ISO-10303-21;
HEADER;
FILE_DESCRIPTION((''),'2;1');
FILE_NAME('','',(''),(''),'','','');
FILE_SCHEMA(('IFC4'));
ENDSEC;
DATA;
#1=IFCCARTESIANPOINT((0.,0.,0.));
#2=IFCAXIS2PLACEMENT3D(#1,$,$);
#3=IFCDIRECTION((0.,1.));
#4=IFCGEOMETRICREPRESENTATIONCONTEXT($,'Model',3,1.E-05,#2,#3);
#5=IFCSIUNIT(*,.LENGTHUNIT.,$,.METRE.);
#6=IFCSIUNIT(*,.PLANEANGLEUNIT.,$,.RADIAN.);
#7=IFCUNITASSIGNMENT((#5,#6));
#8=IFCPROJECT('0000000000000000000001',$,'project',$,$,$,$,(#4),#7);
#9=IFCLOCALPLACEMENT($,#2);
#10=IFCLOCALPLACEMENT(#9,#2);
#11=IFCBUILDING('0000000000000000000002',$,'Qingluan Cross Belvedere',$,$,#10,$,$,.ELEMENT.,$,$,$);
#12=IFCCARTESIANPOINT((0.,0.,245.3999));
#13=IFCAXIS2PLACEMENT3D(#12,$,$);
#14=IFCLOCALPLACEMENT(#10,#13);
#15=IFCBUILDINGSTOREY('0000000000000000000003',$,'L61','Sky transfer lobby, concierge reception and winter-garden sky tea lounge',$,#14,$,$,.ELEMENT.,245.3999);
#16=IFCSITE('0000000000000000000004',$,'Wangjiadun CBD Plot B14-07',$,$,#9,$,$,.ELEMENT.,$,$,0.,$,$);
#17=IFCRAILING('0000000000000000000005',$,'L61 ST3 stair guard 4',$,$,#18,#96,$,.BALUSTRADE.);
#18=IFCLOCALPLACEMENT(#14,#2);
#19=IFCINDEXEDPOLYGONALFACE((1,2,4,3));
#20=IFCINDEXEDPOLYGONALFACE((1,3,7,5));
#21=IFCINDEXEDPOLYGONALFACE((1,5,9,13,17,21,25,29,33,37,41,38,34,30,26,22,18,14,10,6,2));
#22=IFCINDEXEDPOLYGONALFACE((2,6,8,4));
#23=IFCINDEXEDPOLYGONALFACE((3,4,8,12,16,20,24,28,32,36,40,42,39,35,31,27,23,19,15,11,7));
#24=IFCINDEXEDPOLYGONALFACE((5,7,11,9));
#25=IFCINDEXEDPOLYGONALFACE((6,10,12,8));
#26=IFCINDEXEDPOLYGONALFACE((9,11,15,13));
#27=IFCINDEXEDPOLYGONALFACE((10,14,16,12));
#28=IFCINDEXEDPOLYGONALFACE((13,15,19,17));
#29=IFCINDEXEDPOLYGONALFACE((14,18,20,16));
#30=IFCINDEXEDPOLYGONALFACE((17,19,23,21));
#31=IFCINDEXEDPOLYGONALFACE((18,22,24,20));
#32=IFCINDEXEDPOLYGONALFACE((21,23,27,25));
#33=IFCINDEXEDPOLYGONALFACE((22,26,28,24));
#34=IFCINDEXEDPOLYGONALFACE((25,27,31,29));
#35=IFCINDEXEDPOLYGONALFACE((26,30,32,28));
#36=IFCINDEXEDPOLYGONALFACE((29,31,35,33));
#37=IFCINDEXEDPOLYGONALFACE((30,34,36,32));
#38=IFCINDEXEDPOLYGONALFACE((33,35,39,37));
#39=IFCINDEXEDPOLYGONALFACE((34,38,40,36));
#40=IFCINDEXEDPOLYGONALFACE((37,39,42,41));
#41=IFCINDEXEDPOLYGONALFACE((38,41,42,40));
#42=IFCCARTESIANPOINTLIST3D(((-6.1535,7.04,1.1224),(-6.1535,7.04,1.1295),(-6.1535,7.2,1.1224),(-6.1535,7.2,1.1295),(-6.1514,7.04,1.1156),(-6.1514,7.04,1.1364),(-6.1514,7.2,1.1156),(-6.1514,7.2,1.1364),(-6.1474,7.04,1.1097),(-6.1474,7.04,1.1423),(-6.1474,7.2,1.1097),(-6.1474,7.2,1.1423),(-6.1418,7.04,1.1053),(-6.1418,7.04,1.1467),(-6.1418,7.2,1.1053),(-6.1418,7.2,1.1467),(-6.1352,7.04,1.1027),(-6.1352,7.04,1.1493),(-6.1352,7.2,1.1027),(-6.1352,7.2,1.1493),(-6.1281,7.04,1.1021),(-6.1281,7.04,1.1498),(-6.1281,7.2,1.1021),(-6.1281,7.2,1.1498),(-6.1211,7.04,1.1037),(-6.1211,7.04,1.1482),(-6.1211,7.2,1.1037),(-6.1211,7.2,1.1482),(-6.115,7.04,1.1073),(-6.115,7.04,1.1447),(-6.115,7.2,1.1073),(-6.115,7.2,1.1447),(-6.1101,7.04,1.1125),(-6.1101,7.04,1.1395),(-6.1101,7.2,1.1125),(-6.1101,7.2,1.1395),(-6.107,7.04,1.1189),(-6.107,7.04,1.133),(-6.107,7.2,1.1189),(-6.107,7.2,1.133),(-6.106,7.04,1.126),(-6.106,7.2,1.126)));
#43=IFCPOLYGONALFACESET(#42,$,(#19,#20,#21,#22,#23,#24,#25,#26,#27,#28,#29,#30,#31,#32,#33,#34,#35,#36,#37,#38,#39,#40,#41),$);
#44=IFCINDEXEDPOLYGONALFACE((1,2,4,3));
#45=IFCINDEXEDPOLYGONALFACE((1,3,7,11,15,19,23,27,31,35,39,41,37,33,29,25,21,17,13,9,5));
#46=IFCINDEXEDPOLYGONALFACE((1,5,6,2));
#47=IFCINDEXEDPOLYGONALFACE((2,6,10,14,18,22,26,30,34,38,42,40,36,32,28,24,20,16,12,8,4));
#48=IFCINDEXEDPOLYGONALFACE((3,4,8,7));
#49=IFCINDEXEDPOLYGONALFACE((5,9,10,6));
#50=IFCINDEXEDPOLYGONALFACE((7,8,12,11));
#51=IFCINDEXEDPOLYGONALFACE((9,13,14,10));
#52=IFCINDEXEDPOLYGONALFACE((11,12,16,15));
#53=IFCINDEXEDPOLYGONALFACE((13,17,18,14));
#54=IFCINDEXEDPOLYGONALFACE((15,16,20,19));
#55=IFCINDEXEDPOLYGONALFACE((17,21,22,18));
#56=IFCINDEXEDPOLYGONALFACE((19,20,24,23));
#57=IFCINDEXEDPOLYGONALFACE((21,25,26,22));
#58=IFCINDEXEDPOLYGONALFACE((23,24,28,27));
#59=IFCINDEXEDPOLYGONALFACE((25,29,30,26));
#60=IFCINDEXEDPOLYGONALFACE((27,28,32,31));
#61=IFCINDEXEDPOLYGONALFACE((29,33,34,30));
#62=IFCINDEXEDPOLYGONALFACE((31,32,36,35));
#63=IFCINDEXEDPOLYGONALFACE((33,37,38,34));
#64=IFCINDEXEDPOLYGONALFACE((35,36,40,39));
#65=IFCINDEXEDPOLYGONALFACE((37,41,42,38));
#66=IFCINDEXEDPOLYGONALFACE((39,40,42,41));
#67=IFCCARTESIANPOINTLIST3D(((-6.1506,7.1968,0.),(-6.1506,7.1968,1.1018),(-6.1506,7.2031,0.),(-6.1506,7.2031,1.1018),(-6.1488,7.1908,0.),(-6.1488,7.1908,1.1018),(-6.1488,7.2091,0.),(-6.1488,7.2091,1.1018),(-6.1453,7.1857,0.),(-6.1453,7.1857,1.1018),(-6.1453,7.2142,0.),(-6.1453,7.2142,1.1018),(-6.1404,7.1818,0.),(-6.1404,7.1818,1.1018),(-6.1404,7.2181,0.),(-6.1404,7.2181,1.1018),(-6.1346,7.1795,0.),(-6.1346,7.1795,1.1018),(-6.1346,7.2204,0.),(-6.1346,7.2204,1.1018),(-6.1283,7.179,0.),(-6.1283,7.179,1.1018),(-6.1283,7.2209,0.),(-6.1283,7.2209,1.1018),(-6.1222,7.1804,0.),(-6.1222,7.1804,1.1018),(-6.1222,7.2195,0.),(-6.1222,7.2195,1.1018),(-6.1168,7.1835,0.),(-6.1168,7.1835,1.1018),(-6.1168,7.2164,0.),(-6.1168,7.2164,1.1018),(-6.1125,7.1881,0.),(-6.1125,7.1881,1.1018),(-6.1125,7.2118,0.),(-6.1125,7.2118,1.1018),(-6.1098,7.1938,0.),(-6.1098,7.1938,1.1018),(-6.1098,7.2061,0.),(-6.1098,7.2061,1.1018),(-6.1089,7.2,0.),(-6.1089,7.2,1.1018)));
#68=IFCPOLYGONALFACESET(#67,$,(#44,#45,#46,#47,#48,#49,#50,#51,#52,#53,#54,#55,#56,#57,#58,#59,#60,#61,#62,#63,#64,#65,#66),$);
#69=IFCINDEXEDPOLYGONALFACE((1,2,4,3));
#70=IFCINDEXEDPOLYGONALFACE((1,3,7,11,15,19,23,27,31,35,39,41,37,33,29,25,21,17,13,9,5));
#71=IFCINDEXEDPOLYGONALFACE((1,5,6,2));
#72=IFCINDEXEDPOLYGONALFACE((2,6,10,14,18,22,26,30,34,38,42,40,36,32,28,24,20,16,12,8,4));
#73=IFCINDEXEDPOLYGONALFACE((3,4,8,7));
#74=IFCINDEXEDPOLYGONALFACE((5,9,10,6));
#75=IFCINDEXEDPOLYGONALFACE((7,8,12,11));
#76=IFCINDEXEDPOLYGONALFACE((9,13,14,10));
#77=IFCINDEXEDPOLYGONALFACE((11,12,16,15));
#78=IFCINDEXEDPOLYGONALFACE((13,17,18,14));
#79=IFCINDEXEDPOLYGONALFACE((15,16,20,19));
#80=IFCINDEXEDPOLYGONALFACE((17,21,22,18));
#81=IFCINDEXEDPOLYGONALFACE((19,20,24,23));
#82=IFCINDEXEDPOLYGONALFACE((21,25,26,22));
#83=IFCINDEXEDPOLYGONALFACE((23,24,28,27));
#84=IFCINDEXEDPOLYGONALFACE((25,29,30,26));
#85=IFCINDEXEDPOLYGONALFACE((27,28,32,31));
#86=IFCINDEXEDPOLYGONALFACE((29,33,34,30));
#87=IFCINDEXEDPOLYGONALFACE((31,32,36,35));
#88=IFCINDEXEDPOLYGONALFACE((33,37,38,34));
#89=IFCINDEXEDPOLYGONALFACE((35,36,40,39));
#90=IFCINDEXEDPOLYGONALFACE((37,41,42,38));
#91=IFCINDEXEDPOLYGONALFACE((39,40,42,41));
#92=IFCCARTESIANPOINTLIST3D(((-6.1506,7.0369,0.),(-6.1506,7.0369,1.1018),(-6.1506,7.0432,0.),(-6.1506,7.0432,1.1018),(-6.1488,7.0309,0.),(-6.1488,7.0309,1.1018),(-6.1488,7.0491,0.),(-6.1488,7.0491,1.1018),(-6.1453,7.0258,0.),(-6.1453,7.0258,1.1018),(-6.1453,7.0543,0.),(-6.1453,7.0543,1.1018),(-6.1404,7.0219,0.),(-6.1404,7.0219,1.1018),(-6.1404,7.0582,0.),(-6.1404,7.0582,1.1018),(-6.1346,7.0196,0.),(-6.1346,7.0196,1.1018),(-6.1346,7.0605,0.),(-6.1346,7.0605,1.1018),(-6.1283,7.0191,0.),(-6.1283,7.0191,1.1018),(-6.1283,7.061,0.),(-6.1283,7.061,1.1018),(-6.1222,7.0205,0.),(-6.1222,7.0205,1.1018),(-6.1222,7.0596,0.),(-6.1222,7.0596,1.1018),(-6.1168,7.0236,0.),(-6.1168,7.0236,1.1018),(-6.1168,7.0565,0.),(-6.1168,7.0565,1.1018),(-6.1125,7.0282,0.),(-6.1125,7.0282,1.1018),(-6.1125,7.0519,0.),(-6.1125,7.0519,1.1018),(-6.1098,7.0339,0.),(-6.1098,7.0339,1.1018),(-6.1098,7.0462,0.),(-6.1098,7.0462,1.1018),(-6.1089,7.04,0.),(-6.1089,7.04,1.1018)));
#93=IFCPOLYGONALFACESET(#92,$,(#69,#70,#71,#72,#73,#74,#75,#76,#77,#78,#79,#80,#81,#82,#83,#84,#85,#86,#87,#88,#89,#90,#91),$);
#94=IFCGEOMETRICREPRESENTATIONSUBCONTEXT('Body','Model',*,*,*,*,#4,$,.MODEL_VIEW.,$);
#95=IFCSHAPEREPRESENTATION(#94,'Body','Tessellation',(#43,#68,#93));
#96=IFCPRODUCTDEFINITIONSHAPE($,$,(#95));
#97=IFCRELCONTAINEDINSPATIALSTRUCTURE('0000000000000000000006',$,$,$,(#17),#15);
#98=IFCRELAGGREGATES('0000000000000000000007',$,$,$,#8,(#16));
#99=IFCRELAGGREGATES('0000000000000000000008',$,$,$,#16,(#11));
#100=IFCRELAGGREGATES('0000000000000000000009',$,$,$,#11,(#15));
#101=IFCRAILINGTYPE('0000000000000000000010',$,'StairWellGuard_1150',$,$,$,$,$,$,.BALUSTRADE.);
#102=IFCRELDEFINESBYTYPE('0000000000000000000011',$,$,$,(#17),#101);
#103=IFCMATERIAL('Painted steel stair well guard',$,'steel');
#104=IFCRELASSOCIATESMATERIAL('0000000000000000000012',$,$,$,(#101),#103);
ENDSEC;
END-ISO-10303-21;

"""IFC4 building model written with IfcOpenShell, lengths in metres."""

from ifc_helpers import new_model, si_unit, direction, frame, origin, origin_2d, place, context, subcontext, project, spatial, circle, extrude, material, type_object, element, save


model = new_model("IFC4")

# Units and contexts
model_context = context("Model", 3, precision=1e-05, world=origin(), true_north=direction((0.0, 1.0)))
body_context = subcontext(model_context, "Body", "Model", "MODEL_VIEW")
ifc_project = project(units=[si_unit("LENGTHUNIT", "METRE"), si_unit("PLANEANGLEUNIT", "RADIAN")], contexts=[model_context])

# Site, building, storey
site_placement = place(None, origin())
site = spatial("IfcSite", under=ifc_project, at=site_placement, Name="Wangjiadun CBD Plot B14-07", CompositionType="ELEMENT", RefElevation=0.0)
building_placement = place(site_placement, origin())
building = spatial("IfcBuilding", under=site, at=building_placement, Name="Qingluan Cross Belvedere", CompositionType="ELEMENT")
storey_placement = place(building_placement, frame((0.0, 0.0, 245.3999)))
storey = spatial("IfcBuildingStorey", under=building, at=storey_placement, Name="L61", Description="Sky transfer lobby, concierge reception and winter-garden sky tea lounge", CompositionType="ELEMENT", Elevation=245.3999)

# Railing
ifc_material_1 = material(Name="Painted steel stair well guard", Category="steel")
railing_type_1 = type_object("IfcRailingType", Name="StairWellGuard_1150", PredefinedType="BALUSTRADE", material=ifc_material_1)
railing_1_placement = place(storey_placement, frame((-6.1299, 7.2, 0.0)))
element("IfcRailing", 1, at=railing_1_placement, inside=storey, type_object=railing_type_1, Name="L61 ST3 stair guard 4", PredefinedType="BALUSTRADE", context=body_context, shape_type="SweptSolid", body=[
    extrude(circle(Radius=0.0239, at=origin_2d()), frame((0.0, 0.0, 1.126), z_axis=(0.0, -1.0, 0.0), x_axis=(1.0, 0.0, 0.0)), (0.0, 0.0, 1.0), 0.1599),
    extrude(circle(Radius=0.021, at=origin_2d()), origin(), (0.0, 0.0, 1.0), 1.1018),
    extrude(circle(Radius=0.021, at=origin_2d()), frame((0.0, -0.1599, 0.0)), (0.0, 0.0, 1.0), 1.1018),
])

save(model, "model.ifc")
